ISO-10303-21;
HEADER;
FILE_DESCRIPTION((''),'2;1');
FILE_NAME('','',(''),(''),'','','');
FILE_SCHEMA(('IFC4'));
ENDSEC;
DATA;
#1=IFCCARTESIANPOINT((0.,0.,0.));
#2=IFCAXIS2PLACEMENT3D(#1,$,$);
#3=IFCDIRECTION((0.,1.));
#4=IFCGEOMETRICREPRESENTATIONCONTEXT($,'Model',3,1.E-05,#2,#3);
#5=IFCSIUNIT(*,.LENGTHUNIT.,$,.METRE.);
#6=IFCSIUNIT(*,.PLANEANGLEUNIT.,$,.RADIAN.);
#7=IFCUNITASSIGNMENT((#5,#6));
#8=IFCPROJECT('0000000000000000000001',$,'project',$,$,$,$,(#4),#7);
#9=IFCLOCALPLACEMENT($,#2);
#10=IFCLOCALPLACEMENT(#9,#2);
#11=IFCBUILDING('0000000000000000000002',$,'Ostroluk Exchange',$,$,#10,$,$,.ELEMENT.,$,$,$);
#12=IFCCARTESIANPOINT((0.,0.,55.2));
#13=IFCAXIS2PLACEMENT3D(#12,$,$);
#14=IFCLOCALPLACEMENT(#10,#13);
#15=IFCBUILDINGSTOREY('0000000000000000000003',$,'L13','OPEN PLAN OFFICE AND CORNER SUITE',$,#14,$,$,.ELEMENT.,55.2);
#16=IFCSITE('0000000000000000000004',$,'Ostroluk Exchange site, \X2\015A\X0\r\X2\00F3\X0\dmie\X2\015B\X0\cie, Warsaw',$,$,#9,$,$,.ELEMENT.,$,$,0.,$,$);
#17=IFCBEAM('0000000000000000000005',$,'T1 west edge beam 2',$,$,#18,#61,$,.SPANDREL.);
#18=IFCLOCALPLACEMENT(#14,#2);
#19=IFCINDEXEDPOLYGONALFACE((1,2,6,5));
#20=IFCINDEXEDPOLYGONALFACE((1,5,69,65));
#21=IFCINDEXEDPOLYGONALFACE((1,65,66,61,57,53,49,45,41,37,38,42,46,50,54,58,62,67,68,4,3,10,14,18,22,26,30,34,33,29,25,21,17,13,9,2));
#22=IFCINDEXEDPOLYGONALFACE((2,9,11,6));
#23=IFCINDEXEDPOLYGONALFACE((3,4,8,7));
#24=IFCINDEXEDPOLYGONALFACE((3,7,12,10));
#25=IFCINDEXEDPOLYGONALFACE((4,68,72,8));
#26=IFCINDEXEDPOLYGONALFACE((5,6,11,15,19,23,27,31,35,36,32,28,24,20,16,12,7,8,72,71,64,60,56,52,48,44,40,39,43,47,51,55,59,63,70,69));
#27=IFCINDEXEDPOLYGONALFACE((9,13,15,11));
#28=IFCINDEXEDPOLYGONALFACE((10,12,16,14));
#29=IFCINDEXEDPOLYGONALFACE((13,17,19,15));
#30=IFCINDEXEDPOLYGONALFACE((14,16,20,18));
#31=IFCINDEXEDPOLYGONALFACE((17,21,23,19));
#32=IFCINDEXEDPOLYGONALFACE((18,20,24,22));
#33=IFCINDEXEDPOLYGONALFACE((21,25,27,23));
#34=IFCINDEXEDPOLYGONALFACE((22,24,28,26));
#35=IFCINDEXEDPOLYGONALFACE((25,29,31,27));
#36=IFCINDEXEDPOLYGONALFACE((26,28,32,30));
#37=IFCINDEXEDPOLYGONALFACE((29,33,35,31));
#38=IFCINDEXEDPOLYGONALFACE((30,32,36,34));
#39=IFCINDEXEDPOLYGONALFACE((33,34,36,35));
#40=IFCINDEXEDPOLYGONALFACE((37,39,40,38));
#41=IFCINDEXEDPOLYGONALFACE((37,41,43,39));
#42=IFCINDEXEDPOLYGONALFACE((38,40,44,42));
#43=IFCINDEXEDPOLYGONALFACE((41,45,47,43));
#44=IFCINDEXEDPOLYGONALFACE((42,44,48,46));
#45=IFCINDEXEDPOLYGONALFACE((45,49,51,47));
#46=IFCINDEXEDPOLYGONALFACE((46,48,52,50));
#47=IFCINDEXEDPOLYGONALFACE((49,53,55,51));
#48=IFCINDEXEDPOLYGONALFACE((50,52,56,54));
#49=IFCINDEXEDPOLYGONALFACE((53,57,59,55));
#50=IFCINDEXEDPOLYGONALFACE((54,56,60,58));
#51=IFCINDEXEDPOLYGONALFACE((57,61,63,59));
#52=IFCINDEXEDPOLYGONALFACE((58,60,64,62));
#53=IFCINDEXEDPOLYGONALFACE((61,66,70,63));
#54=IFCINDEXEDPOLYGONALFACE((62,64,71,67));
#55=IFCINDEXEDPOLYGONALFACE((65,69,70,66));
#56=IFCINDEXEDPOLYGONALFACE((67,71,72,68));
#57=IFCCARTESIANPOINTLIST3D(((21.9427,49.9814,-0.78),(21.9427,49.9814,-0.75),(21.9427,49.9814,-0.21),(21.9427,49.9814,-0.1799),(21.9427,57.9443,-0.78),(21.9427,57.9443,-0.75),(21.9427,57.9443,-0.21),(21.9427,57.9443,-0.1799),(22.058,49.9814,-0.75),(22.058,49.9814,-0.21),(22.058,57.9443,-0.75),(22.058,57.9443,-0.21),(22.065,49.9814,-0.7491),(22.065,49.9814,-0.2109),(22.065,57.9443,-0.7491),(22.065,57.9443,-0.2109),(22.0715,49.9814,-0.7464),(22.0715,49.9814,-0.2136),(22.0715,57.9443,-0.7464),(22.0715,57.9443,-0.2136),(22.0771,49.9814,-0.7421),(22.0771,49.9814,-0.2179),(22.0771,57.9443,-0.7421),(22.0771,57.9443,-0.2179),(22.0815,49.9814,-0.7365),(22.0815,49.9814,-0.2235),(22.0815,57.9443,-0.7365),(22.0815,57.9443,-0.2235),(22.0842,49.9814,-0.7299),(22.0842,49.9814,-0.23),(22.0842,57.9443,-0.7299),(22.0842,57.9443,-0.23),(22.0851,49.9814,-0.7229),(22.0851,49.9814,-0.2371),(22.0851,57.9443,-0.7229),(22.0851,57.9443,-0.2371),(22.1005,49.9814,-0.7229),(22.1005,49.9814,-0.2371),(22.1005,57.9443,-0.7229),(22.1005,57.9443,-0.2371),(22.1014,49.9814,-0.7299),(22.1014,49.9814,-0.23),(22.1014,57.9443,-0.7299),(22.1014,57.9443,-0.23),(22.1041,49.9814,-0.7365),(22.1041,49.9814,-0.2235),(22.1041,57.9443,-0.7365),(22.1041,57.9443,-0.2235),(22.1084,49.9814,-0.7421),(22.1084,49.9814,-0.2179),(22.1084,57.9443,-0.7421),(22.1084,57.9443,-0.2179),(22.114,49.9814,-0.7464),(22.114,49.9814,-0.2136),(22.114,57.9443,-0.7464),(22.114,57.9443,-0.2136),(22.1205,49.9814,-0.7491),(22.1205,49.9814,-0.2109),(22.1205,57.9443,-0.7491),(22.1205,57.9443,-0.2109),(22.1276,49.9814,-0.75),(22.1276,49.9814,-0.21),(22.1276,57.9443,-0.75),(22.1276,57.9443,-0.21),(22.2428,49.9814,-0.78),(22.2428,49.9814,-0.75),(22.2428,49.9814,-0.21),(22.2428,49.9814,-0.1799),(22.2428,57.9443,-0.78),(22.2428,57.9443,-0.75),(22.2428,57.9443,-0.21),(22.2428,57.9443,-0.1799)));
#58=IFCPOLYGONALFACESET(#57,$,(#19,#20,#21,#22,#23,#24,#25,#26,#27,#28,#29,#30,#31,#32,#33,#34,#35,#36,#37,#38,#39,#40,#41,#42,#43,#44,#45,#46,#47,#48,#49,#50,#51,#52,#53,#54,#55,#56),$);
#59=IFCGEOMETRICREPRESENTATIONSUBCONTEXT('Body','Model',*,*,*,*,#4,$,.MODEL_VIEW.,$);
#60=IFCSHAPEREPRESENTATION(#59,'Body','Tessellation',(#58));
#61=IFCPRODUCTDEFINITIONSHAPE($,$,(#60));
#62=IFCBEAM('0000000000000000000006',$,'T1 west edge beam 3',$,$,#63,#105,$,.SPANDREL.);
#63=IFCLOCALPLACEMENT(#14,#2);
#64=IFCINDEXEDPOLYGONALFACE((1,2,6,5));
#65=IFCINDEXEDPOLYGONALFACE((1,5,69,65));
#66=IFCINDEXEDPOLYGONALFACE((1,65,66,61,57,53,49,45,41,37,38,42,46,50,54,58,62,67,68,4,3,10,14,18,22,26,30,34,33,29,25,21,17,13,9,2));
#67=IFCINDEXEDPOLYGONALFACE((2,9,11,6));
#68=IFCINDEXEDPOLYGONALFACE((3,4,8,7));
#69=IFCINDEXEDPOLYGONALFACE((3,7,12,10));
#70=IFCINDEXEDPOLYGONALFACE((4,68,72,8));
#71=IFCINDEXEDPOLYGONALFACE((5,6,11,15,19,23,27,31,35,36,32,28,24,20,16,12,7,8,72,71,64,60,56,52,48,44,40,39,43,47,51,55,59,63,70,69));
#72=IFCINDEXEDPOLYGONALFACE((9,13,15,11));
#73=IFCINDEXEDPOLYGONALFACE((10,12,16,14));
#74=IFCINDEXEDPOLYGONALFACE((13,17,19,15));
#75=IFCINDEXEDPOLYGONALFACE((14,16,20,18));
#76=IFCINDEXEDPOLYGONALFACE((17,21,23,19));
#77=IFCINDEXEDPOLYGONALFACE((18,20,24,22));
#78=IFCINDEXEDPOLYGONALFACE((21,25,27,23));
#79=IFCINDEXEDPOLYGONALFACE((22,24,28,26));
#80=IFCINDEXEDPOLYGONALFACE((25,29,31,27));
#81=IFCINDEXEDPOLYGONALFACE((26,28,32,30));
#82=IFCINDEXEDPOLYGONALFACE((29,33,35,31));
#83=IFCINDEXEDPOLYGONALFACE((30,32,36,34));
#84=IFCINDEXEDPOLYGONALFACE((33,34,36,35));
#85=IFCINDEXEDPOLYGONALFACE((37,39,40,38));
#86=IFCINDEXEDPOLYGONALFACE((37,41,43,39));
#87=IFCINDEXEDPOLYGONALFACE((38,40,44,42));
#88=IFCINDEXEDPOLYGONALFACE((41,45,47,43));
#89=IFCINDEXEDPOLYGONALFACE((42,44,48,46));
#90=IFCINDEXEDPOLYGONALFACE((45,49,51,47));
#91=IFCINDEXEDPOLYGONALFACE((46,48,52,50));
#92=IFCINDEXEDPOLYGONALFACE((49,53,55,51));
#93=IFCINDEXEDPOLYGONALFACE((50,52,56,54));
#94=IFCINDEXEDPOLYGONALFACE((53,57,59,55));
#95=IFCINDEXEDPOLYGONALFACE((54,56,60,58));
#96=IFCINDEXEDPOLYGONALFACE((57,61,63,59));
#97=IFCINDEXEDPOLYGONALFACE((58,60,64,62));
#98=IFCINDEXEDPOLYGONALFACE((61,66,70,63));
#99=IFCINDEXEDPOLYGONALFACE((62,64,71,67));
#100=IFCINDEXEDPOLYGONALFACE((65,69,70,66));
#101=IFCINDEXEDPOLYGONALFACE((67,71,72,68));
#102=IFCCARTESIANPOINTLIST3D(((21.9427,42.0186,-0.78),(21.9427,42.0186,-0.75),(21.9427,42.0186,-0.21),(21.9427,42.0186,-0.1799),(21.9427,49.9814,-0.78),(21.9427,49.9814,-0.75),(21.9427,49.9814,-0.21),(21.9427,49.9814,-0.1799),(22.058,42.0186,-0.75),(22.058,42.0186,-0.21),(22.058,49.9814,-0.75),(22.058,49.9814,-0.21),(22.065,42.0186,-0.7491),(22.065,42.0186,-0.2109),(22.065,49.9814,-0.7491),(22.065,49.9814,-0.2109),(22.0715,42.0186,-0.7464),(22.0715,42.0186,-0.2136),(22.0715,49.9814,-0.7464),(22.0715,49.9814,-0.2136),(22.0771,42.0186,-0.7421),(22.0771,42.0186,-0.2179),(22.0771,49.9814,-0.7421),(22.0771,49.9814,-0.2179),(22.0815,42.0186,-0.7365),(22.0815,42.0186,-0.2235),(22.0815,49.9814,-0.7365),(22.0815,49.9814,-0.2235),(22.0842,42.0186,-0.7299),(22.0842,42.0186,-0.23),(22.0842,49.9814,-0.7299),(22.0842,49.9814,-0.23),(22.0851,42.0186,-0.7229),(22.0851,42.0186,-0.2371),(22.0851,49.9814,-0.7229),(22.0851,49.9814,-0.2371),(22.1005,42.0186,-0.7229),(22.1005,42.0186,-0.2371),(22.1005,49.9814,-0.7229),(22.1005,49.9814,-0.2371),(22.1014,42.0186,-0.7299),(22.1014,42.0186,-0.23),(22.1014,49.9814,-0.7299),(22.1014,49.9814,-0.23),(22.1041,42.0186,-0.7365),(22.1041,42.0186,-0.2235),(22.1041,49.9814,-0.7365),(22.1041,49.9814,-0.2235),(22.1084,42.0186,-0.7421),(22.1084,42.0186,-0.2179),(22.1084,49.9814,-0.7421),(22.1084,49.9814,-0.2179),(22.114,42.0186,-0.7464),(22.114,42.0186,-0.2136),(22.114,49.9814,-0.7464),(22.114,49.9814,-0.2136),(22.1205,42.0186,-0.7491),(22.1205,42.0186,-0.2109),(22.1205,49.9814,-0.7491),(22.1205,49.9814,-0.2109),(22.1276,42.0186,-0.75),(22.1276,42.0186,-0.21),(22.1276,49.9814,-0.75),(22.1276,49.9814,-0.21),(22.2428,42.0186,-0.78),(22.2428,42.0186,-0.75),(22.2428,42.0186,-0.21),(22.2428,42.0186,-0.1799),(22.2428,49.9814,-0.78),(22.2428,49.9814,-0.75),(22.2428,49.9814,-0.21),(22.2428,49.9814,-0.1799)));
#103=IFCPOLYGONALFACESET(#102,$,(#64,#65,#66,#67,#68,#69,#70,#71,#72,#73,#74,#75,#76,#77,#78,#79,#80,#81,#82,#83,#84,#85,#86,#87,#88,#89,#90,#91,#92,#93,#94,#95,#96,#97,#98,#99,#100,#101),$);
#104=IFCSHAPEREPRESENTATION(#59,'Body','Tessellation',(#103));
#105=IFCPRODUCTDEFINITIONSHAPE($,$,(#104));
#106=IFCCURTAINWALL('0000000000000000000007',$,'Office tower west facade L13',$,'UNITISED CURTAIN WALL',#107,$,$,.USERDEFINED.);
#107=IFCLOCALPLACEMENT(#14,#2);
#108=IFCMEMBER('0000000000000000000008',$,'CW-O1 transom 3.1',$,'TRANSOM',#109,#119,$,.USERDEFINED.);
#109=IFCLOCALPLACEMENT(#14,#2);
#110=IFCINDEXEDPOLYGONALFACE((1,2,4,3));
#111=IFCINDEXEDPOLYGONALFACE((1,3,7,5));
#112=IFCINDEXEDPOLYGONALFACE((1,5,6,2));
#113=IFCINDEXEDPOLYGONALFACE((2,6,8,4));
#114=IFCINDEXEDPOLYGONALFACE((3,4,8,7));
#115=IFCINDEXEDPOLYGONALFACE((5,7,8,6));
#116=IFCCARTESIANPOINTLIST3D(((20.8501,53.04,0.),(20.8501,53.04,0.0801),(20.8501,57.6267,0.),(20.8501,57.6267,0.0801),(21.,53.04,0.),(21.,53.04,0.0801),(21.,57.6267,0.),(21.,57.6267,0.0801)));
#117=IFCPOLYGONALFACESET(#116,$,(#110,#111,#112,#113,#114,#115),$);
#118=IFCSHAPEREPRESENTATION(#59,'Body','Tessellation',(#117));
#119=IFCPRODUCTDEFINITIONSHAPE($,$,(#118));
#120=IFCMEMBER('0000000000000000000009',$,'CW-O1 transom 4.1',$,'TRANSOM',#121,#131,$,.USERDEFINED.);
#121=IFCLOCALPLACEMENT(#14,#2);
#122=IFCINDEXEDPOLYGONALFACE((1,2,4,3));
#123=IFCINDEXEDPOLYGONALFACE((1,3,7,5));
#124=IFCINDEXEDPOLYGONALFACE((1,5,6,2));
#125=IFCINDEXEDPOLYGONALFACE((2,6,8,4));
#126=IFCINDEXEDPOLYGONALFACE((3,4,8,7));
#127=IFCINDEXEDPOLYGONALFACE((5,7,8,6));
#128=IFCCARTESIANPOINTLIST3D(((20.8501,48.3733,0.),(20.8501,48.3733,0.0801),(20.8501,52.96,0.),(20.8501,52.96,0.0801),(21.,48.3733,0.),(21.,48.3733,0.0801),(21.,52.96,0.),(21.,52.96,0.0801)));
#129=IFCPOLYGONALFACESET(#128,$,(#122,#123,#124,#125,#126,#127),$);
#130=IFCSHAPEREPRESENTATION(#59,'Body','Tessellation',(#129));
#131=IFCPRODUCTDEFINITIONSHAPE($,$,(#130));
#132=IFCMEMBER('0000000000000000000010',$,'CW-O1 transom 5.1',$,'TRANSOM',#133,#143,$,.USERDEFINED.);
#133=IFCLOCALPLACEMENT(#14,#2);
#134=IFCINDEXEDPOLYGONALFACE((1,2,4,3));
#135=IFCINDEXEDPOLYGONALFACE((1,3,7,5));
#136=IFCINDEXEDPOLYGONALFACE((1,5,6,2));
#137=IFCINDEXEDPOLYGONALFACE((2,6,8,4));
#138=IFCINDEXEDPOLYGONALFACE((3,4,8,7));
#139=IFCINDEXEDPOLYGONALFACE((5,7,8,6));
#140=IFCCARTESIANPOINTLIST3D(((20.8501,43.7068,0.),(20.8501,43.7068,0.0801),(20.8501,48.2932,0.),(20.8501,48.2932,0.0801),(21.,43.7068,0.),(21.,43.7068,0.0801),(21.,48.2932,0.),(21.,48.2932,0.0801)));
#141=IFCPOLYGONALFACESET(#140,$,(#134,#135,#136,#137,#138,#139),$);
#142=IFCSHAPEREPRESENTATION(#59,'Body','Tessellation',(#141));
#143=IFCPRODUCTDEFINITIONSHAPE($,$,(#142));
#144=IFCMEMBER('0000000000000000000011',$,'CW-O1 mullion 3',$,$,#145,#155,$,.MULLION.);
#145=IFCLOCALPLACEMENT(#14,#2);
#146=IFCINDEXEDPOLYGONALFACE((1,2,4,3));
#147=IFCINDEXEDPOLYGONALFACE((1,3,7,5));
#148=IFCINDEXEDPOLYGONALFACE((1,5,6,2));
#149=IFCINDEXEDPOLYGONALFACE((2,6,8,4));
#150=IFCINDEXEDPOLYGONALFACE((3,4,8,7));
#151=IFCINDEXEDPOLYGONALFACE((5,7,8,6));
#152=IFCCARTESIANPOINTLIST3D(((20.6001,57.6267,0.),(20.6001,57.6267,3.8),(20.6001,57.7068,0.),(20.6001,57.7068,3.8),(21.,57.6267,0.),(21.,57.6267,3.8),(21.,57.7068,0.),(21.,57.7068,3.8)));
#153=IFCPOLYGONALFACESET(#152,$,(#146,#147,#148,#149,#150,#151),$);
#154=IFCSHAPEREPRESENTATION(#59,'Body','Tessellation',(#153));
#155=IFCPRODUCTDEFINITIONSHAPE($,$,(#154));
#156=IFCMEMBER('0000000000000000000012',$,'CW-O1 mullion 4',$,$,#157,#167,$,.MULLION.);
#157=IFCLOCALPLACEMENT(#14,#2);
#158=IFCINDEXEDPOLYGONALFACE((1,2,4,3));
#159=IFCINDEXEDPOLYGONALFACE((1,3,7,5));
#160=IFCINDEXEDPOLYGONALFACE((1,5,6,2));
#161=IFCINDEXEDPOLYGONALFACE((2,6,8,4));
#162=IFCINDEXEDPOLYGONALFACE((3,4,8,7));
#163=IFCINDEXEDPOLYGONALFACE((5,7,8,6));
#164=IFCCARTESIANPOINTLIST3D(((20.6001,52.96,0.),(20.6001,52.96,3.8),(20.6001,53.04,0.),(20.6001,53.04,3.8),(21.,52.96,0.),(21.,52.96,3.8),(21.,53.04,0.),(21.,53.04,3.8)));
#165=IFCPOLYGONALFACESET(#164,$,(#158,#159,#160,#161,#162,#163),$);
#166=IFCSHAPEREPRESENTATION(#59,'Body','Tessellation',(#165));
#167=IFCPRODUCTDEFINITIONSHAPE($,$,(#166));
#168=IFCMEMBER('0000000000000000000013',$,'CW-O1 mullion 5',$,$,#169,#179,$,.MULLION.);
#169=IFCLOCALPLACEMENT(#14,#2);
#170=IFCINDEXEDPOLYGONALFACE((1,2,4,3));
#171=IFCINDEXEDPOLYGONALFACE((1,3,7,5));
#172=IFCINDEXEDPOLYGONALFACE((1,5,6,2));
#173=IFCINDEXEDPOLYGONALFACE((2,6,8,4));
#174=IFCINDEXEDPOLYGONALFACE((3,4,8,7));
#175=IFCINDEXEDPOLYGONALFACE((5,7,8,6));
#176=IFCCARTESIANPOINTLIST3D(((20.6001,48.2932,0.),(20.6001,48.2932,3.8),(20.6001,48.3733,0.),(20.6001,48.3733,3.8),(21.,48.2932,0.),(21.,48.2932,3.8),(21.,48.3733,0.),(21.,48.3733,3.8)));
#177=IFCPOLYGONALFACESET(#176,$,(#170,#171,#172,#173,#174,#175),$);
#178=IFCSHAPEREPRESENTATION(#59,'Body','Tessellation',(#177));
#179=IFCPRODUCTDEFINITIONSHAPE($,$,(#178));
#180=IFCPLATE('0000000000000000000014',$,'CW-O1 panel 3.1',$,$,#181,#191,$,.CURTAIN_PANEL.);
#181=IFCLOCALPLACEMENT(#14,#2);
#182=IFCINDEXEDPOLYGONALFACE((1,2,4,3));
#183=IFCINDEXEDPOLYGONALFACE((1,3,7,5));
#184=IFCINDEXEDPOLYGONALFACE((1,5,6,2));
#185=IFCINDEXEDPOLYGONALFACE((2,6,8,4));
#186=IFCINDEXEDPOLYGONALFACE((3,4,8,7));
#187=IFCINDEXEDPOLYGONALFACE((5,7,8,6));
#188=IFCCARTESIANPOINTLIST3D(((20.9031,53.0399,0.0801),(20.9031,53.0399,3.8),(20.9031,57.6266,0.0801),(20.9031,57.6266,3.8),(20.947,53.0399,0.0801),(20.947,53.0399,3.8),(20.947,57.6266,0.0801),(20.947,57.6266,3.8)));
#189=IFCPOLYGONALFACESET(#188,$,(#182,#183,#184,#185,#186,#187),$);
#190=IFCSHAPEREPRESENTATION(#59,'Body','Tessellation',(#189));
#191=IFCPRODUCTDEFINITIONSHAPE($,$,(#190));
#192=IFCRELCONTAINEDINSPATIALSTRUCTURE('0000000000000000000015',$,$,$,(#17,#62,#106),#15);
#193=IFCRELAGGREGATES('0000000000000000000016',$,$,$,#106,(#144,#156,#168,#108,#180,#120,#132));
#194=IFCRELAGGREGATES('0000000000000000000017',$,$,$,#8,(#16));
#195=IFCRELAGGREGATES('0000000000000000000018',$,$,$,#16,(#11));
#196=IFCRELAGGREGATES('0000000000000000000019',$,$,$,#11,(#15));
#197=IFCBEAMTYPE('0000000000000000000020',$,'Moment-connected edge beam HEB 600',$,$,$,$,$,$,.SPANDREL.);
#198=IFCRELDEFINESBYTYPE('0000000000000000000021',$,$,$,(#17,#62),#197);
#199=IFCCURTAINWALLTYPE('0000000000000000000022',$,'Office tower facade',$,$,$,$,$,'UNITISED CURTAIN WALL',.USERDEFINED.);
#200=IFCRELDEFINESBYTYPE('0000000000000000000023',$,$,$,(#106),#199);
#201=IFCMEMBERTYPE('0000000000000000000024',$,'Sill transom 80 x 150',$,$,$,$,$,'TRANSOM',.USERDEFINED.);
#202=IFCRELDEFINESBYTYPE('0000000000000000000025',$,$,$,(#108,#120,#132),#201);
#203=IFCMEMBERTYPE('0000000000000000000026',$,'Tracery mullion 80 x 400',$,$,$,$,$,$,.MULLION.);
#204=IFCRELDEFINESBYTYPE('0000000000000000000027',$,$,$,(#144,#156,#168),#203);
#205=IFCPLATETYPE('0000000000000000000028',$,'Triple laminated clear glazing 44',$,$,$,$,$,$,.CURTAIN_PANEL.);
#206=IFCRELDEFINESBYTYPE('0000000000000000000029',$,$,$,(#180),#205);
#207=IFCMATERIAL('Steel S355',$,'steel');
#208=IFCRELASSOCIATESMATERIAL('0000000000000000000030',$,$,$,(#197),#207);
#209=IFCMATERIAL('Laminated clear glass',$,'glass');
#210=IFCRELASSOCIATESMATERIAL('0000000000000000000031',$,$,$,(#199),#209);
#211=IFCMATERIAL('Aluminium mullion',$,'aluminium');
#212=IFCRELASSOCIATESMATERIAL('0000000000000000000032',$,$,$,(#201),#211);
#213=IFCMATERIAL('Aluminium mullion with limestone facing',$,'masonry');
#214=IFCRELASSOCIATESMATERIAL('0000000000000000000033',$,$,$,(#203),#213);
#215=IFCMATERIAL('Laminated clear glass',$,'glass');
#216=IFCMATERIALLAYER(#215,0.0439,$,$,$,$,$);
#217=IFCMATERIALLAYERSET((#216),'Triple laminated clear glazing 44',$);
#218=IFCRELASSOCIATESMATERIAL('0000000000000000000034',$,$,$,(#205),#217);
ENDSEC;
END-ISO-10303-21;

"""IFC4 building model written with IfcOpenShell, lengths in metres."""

from ifc_helpers import new_model, si_unit, direction, frame, origin, origin_2d, place, context, subcontext, project, spatial, rectangle, i_section, extrude, material, layer, layer_set, material_profile, profile_set, type_object, element, aggregate, save


model = new_model("IFC4")

# Units and contexts
model_context = context("Model", 3, precision=1e-05, world=origin(), true_north=direction((0.0, 1.0)))
body_context = subcontext(model_context, "Body", "Model", "MODEL_VIEW")
ifc_project = project(units=[si_unit("LENGTHUNIT", "METRE"), si_unit("PLANEANGLEUNIT", "RADIAN")], contexts=[model_context])

# Site, building, storey
site_placement = place(None, origin())
site = spatial("IfcSite", under=ifc_project, at=site_placement, Name="Ostroluk Exchange site, Śródmieście, Warsaw", CompositionType="ELEMENT", RefElevation=0.0)
building_placement = place(site_placement, origin())
building = spatial("IfcBuilding", under=site, at=building_placement, Name="Ostroluk Exchange", CompositionType="ELEMENT")
storey_placement = place(building_placement, frame((0.0, 0.0, 55.2)))
storey = spatial("IfcBuildingStorey", under=building, at=storey_placement, Name="L13", Description="OPEN PLAN OFFICE AND CORNER SUITE", CompositionType="ELEMENT", Elevation=55.2)

# Beams
ifc_material_1 = material(Name="Steel S355", Category="steel")
ifc_material_profile_1 = material_profile(ifc_material_1, i_section(OverallWidth=0.3, OverallDepth=0.6001, WebThickness=0.0154, FlangeThickness=0.03, FilletRadius=0.0271, at=origin_2d()), Name="HEB 600")
ifc_profile_set_1 = profile_set([ifc_material_profile_1], Name="Steel S355")
beam_type_1 = type_object("IfcBeamType", Name="Moment-connected edge beam HEB 600", PredefinedType="SPANDREL", material=ifc_profile_set_1)
for number, where, z_axis, x_axis, name in (
    (1, (22.0928, 57.9443, -0.48), (0.0, -1.0, 0.0), (1.0, 0.0, 0.0), "T1 west edge beam 2"),
    (2, (22.0928, 49.9814, -0.48), (0.0, -1.0, 0.0), (1.0, 0.0, 0.0), "T1 west edge beam 3"),
):
    element("IfcBeam", number, at=place(storey_placement, frame(where, z_axis=z_axis, x_axis=x_axis)), inside=storey, type_object=beam_type_1, Name=name, PredefinedType="SPANDREL", context=body_context, shape_type="SweptSolid", body=[
        extrude(i_section(OverallWidth=0.3, OverallDepth=0.6001, WebThickness=0.0154, FlangeThickness=0.03, FilletRadius=0.0271, at=origin_2d()), origin(), (0.0, 0.0, 1.0), 7.9629),
    ])

# Curtain wall, members, plate
ifc_material_2 = material(Name="Laminated clear glass", Category="glass")
curtain_wall_type = type_object("IfcCurtainWallType", Name="Office tower facade", ElementType="UNITISED CURTAIN WALL", PredefinedType="USERDEFINED", material=ifc_material_2)
curtain_wall_placement = place(storey_placement, origin())
curtain_wall = element("IfcCurtainWall", 3, at=curtain_wall_placement, inside=storey, type_object=curtain_wall_type, Name="Office tower west facade L13", ObjectType="UNITISED CURTAIN WALL", PredefinedType="USERDEFINED")
ifc_material_3 = material(Name="Aluminium mullion", Category="aluminium")
ifc_material_profile_2 = material_profile(ifc_material_3, rectangle(XDim=0.1499, YDim=0.0801, at=origin_2d()), Name="Sill transom 80 x 150")
ifc_profile_set_2 = profile_set([ifc_material_profile_2], Name="Aluminium mullion")
member_type_1 = type_object("IfcMemberType", Name="Sill transom 80 x 150", ElementType="TRANSOM", PredefinedType="USERDEFINED", material=ifc_profile_set_2)
member_1_placement = place(storey_placement, frame((20.925, 57.6267, 0.04), z_axis=(0.0, -1.0, 0.0), x_axis=(1.0, 0.0, 0.0)))
member_1 = element("IfcMember", 4, at=member_1_placement, type_object=member_type_1, Name="CW-O1 transom 3.1", ObjectType="TRANSOM", PredefinedType="USERDEFINED", context=body_context, shape_type="SweptSolid", body=[
    extrude(rectangle(XDim=0.1499, YDim=0.0801, at=origin_2d()), origin(), (0.0, 0.0, 1.0), 4.5867),
])
member_2_placement = place(storey_placement, frame((20.925, 52.96, 0.04), z_axis=(0.0, -1.0, 0.0), x_axis=(1.0, 0.0, 0.0)))
member_2 = element("IfcMember", 5, at=member_2_placement, type_object=member_type_1, Name="CW-O1 transom 4.1", ObjectType="TRANSOM", PredefinedType="USERDEFINED", context=body_context, shape_type="SweptSolid", body=[
    extrude(rectangle(XDim=0.1499, YDim=0.0801, at=origin_2d()), origin(), (0.0, 0.0, 1.0), 4.5867),
])
member_3_placement = place(storey_placement, frame((20.925, 48.2932, 0.04), z_axis=(0.0, -1.0, 0.0), x_axis=(1.0, 0.0, 0.0)))
member_3 = element("IfcMember", 6, at=member_3_placement, type_object=member_type_1, Name="CW-O1 transom 5.1", ObjectType="TRANSOM", PredefinedType="USERDEFINED", context=body_context, shape_type="SweptSolid", body=[
    extrude(rectangle(XDim=0.1499, YDim=0.0801, at=origin_2d()), origin(), (0.0, 0.0, 1.0), 4.5864),
])
ifc_material_4 = material(Name="Aluminium mullion with limestone facing", Category="masonry")
ifc_material_profile_3 = material_profile(ifc_material_4, rectangle(XDim=0.3999, YDim=0.0801, at=origin_2d()), Name="Tracery mullion 80 x 400")
ifc_profile_set_3 = profile_set([ifc_material_profile_3], Name="Aluminium mullion with limestone facing")
member_type_2 = type_object("IfcMemberType", Name="Tracery mullion 80 x 400", PredefinedType="MULLION", material=ifc_profile_set_3)
member_4_placement = place(storey_placement, frame((20.8, 57.6667, 0.0), z_axis=(0.0, 0.0, 1.0), x_axis=(1.0, 0.0, 0.0)))
member_4 = element("IfcMember", 7, at=member_4_placement, type_object=member_type_2, Name="CW-O1 mullion 3", PredefinedType="MULLION", context=body_context, shape_type="SweptSolid", body=[
    extrude(rectangle(XDim=0.3999, YDim=0.0801, at=origin_2d()), origin(), (0.0, 0.0, 1.0), 3.8),
])
member_5_placement = place(storey_placement, frame((20.8, 53.0, 0.0), z_axis=(0.0, 0.0, 1.0), x_axis=(1.0, 0.0, 0.0)))
member_5 = element("IfcMember", 8, at=member_5_placement, type_object=member_type_2, Name="CW-O1 mullion 4", PredefinedType="MULLION", context=body_context, shape_type="SweptSolid", body=[
    extrude(rectangle(XDim=0.3999, YDim=0.0801, at=origin_2d()), origin(), (0.0, 0.0, 1.0), 3.8),
])
member_6_placement = place(storey_placement, frame((20.8, 48.3333, 0.0), z_axis=(0.0, 0.0, 1.0), x_axis=(1.0, 0.0, 0.0)))
member_6 = element("IfcMember", 9, at=member_6_placement, type_object=member_type_2, Name="CW-O1 mullion 5", PredefinedType="MULLION", context=body_context, shape_type="SweptSolid", body=[
    extrude(rectangle(XDim=0.3999, YDim=0.0801, at=origin_2d()), origin(), (0.0, 0.0, 1.0), 3.8),
])
ifc_material_5 = material(Name="Laminated clear glass", Category="glass")
ifc_layer_1 = layer(ifc_material_5, 0.0439)
ifc_layer_set_1 = layer_set([ifc_layer_1], Name="Triple laminated clear glazing 44")
plate_type = type_object("IfcPlateType", Name="Triple laminated clear glazing 44", PredefinedType="CURTAIN_PANEL", material=ifc_layer_set_1)
plate_1_placement = place(storey_placement, frame((20.925, 55.3333, 0.0801), z_axis=(0.0, 0.0, 1.0), x_axis=(0.0, -1.0, 0.0)))
plate_1 = element("IfcPlate", 10, at=plate_1_placement, type_object=plate_type, Name="CW-O1 panel 3.1", PredefinedType="CURTAIN_PANEL", context=body_context, shape_type="SweptSolid", body=[
    extrude(rectangle(XDim=4.5867, YDim=0.0439, at=origin_2d()), origin(), (0.0, 0.0, 1.0), 3.72),
])
aggregate(curtain_wall, [member_4, member_5, member_6, member_1, plate_1, member_2, member_3])

save(model, "model.ifc")
